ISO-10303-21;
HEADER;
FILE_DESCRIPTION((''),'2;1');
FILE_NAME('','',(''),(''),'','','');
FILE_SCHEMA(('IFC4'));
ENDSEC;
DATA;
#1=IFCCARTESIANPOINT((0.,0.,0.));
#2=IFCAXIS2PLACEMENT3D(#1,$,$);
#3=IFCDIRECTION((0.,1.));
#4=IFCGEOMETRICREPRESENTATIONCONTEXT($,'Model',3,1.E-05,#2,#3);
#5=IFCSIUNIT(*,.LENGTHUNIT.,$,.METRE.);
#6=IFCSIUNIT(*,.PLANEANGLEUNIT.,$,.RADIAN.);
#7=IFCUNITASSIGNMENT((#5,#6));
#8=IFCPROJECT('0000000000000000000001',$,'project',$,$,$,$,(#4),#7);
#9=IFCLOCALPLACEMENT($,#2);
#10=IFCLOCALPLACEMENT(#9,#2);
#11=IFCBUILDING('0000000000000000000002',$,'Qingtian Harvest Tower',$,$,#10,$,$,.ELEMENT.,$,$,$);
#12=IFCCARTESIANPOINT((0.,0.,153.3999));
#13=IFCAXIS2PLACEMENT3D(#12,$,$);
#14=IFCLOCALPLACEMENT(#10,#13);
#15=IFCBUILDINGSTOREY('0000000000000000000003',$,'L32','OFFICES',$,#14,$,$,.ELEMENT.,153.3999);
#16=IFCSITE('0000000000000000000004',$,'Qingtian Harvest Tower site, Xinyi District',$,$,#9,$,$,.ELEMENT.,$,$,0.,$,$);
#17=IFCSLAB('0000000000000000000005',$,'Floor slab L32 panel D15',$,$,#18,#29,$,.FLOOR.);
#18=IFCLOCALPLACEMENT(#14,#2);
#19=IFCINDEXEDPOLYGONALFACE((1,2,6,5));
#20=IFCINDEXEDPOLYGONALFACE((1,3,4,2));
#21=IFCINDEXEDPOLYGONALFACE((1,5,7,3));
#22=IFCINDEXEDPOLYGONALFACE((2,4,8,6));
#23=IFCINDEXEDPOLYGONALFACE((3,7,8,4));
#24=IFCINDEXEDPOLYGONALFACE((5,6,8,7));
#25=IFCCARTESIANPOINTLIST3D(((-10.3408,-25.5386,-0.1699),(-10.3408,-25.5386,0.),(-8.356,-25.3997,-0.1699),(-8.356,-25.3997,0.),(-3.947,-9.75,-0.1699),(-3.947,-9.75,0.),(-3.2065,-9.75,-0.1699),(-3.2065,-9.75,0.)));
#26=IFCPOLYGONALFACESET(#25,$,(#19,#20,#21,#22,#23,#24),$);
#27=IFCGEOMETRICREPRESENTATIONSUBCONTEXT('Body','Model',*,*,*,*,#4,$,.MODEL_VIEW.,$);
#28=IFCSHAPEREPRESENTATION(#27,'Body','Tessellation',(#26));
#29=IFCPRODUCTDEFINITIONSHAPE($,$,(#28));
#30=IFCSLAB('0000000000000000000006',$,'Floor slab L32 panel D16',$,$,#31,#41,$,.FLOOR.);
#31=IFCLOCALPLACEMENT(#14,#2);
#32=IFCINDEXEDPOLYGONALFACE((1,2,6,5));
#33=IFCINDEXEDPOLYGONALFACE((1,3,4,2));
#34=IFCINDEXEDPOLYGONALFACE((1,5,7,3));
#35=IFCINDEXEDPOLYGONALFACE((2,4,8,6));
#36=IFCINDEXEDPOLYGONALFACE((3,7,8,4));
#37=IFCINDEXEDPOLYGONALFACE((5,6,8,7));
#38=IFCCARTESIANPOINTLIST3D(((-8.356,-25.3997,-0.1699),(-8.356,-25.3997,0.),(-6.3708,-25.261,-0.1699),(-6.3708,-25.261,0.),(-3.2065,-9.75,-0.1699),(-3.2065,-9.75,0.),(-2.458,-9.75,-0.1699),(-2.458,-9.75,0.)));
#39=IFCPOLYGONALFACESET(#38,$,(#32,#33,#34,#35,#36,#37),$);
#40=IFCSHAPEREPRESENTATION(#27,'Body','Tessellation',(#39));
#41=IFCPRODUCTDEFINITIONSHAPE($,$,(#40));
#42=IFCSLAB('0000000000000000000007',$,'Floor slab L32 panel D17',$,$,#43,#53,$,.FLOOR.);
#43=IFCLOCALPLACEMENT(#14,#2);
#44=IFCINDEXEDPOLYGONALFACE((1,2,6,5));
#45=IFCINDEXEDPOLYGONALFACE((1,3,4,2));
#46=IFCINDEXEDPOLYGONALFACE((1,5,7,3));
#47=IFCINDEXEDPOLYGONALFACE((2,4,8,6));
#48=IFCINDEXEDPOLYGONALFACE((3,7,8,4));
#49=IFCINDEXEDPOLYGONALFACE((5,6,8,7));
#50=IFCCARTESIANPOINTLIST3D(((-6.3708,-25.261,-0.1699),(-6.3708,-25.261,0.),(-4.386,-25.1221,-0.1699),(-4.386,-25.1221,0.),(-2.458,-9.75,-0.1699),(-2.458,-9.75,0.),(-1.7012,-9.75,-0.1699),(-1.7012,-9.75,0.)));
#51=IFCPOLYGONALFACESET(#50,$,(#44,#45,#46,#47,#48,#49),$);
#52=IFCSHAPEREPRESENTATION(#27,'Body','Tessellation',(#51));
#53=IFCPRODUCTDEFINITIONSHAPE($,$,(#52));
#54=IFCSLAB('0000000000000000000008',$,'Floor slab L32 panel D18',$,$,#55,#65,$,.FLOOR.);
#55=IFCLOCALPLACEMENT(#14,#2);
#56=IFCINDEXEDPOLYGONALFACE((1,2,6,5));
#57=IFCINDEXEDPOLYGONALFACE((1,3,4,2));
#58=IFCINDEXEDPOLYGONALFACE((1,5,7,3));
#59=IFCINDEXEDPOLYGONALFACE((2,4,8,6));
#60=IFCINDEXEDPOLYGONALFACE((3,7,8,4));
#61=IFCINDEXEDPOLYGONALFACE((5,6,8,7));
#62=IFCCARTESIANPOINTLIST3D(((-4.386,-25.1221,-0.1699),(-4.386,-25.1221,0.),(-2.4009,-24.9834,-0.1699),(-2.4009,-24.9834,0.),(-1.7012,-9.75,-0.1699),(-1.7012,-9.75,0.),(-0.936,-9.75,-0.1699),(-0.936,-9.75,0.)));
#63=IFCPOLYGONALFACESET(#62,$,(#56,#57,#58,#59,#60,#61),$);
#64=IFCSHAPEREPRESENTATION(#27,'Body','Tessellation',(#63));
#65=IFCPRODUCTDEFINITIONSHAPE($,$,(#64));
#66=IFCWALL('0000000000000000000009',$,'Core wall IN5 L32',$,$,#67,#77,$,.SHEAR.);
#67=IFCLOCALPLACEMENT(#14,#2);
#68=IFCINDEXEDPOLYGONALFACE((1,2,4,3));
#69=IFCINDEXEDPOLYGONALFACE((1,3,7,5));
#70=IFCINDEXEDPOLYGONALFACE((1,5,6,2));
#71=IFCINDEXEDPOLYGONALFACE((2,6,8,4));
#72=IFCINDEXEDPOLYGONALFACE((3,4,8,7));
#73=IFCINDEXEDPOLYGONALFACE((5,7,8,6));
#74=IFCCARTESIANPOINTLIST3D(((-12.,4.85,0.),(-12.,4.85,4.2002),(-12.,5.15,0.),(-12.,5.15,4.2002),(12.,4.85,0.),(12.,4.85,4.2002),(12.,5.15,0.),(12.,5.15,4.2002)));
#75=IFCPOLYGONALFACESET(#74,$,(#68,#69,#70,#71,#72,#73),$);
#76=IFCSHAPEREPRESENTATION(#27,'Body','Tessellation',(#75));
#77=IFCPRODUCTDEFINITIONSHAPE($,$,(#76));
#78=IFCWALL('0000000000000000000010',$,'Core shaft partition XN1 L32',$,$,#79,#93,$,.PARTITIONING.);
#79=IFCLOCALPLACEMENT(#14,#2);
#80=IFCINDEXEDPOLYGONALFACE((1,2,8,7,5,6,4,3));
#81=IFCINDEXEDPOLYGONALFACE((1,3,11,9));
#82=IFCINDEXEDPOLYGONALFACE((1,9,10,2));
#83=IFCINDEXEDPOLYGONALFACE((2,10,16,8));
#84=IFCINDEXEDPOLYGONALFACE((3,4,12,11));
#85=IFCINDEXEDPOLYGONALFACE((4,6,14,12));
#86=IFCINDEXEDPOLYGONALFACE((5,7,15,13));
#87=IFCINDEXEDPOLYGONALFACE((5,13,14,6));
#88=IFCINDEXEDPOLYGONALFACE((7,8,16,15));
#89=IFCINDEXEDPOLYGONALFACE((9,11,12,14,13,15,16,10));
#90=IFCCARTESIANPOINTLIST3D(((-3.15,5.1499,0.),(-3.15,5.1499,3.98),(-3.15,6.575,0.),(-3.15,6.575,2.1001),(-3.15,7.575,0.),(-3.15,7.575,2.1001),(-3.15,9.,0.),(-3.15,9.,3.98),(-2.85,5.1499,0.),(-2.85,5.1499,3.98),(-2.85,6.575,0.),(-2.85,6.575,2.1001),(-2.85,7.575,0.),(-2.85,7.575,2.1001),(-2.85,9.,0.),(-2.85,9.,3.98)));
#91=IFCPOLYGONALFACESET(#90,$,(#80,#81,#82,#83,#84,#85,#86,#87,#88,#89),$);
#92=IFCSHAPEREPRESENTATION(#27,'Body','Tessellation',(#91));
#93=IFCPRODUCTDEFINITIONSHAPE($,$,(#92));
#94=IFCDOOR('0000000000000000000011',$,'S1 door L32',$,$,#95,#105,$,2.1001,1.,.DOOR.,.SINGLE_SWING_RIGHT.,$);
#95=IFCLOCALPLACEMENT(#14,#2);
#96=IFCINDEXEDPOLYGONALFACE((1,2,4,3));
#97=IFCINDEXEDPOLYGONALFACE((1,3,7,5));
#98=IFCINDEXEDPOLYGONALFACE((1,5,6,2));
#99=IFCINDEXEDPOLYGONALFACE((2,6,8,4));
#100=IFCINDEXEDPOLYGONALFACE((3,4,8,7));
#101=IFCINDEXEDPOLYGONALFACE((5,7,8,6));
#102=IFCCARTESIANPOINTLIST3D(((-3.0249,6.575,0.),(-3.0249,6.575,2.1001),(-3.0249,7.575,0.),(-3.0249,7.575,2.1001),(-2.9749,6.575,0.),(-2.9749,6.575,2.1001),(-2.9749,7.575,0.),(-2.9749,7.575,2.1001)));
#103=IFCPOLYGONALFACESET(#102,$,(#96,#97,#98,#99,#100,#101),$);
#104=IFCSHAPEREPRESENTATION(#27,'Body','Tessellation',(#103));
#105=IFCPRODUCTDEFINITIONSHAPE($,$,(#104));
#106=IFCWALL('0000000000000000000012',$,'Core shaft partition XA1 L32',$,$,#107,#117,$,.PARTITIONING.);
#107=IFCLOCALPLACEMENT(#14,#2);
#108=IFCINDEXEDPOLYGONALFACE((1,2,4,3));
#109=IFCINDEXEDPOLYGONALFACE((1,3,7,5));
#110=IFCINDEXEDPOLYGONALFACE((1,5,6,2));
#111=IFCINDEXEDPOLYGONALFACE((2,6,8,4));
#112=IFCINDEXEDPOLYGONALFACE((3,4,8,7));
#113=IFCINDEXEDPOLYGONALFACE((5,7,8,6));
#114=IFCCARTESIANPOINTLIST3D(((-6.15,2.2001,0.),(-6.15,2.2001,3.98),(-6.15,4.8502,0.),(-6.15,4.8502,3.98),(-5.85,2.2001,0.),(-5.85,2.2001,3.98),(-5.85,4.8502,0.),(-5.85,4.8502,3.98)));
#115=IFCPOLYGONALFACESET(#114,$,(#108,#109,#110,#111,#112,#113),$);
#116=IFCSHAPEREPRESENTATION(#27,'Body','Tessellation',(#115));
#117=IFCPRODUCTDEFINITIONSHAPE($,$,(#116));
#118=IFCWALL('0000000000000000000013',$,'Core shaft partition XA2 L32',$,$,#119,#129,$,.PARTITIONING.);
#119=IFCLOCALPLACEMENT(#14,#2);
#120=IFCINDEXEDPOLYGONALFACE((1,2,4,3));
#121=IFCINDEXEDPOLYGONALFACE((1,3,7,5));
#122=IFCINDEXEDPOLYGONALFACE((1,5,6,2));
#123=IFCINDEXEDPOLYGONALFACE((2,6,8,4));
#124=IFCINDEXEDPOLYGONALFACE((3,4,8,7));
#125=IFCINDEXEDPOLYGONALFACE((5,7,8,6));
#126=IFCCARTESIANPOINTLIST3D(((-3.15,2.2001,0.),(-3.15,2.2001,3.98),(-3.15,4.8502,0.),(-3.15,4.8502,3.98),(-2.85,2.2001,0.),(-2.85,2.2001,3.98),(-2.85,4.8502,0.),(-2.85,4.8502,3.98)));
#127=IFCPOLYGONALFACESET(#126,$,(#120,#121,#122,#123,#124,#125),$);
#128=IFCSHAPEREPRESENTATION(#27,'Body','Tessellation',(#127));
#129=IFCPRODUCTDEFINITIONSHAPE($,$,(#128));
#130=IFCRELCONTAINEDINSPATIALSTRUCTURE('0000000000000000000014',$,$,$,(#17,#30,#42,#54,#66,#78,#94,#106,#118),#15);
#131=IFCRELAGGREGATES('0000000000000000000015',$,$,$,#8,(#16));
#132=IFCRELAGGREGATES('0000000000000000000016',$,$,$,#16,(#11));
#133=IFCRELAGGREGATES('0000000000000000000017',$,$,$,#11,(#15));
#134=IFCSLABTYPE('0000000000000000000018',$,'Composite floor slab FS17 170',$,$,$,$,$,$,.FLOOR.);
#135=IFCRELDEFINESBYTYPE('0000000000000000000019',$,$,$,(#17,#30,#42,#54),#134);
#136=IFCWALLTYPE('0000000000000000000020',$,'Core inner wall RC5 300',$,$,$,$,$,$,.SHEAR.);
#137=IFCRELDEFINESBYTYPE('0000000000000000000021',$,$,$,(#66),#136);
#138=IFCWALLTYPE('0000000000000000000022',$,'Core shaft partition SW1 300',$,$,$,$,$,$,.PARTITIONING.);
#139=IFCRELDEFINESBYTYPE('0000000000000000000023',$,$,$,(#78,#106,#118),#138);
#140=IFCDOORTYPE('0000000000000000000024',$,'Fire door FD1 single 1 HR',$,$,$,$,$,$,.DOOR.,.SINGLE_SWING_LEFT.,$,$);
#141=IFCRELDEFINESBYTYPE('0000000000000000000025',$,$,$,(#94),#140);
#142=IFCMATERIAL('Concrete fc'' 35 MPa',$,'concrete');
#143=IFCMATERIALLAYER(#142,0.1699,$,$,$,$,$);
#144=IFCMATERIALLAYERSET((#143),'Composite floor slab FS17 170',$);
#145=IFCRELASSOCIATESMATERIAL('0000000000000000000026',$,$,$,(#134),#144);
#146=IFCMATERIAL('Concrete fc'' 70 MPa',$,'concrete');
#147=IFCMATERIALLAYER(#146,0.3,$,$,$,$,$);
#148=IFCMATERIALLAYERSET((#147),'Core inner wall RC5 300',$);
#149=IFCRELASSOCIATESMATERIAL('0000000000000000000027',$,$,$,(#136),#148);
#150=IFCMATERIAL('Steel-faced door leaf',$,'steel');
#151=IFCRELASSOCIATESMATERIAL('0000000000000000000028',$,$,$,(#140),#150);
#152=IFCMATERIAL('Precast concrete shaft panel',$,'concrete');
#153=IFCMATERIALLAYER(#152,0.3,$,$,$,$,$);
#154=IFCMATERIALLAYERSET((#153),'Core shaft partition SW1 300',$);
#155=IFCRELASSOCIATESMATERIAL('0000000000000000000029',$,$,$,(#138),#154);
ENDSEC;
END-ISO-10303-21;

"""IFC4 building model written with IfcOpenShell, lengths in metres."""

from ifc_helpers import new_model, si_unit, direction, frame, frame_2d, origin, place, context, subcontext, project, spatial, polyline, rectangle, outline, extrude, material, layer, layer_set, type_object, element, fill, save


model = new_model("IFC4")

# Units and contexts
model_context = context("Model", 3, precision=1e-05, world=origin(), true_north=direction((0.0, 1.0)))
body_context = subcontext(model_context, "Body", "Model", "MODEL_VIEW")
ifc_project = project(units=[si_unit("LENGTHUNIT", "METRE"), si_unit("PLANEANGLEUNIT", "RADIAN")], contexts=[model_context])

# Site, building, storey
site_placement = place(None, origin())
site = spatial("IfcSite", under=ifc_project, at=site_placement, Name="Qingtian Harvest Tower site, Xinyi District", CompositionType="ELEMENT", RefElevation=0.0)
building_placement = place(site_placement, origin())
building = spatial("IfcBuilding", under=site, at=building_placement, Name="Qingtian Harvest Tower", CompositionType="ELEMENT")
storey_placement = place(building_placement, frame((0.0, 0.0, 153.3999)))
storey = spatial("IfcBuildingStorey", under=building, at=storey_placement, Name="L32", Description="OFFICES", CompositionType="ELEMENT", Elevation=153.3999)

# Slabs
ifc_material_1 = material(Name="Concrete fc' 35 MPa", Category="concrete")
ifc_layer_1 = layer(ifc_material_1, 0.1699)
ifc_layer_set_1 = layer_set([ifc_layer_1], Name="Composite floor slab FS17 170")
slab_type = type_object("IfcSlabType", Name="Composite floor slab FS17 170", PredefinedType="FLOOR", material=ifc_layer_set_1)
slab_1_placement = place(storey_placement, frame((0.0, 0.0, -0.1699)))
element("IfcSlab", 1, at=slab_1_placement, inside=storey, type_object=slab_type, Name="Floor slab L32 panel D15", PredefinedType="FLOOR", context=body_context, shape_type="SweptSolid", body=[
    extrude(outline(polyline([(-3.2065, -9.75), (-8.356, -25.3997), (-10.3408, -25.5386), (-3.947, -9.75), (-3.2065, -9.75)])), origin(), (0.0, 0.0, 1.0), 0.1699),
])
slab_2_placement = place(storey_placement, frame((0.0, 0.0, -0.1699)))
element("IfcSlab", 2, at=slab_2_placement, inside=storey, type_object=slab_type, Name="Floor slab L32 panel D16", PredefinedType="FLOOR", context=body_context, shape_type="SweptSolid", body=[
    extrude(outline(polyline([(-2.458, -9.75), (-6.3708, -25.261), (-8.356, -25.3997), (-3.2065, -9.75), (-2.458, -9.75)])), origin(), (0.0, 0.0, 1.0), 0.1699),
])
slab_3_placement = place(storey_placement, frame((0.0, 0.0, -0.1699)))
element("IfcSlab", 3, at=slab_3_placement, inside=storey, type_object=slab_type, Name="Floor slab L32 panel D17", PredefinedType="FLOOR", context=body_context, shape_type="SweptSolid", body=[
    extrude(outline(polyline([(-1.7012, -9.75), (-4.386, -25.1221), (-6.3708, -25.261), (-2.458, -9.75), (-1.7012, -9.75)])), origin(), (0.0, 0.0, 1.0), 0.1699),
])
slab_4_placement = place(storey_placement, frame((0.0, 0.0, -0.1699)))
element("IfcSlab", 4, at=slab_4_placement, inside=storey, type_object=slab_type, Name="Floor slab L32 panel D18", PredefinedType="FLOOR", context=body_context, shape_type="SweptSolid", body=[
    extrude(outline(polyline([(-0.936, -9.75), (-2.4009, -24.9834), (-4.386, -25.1221), (-1.7012, -9.75), (-0.936, -9.75)])), origin(), (0.0, 0.0, 1.0), 0.1699),
])

# Wall
ifc_material_2 = material(Name="Concrete fc' 70 MPa", Category="concrete")
ifc_layer_2 = layer(ifc_material_2, 0.3)
ifc_layer_set_2 = layer_set([ifc_layer_2], Name="Core inner wall RC5 300")
wall_type_1 = type_object("IfcWallType", Name="Core inner wall RC5 300", PredefinedType="SHEAR", material=ifc_layer_set_2)
wall_1_placement = place(storey_placement, frame((-12.0, 5.0, 0.0), z_axis=(0.0, 0.0, 1.0), x_axis=(1.0, 0.0, 0.0)))
element("IfcWall", 5, at=wall_1_placement, inside=storey, type_object=wall_type_1, Name="Core wall IN5 L32", PredefinedType="SHEAR", context=body_context, shape_type="SweptSolid", body=[
    extrude(rectangle(XDim=24.0, YDim=0.3, at=frame_2d((12.0, 0.0))), origin(), (0.0, 0.0, 1.0), 4.2002),
])

# Shared definitions
ifc_material_3 = material(Name="Steel-faced door leaf", Category="steel")
door_type_1 = type_object("IfcDoorType", Name="Fire door FD1 single 1 HR", OperationType="SINGLE_SWING_LEFT", PredefinedType="DOOR", material=ifc_material_3)

# Wall, opening, door
ifc_material_4 = material(Name="Precast concrete shaft panel", Category="concrete")
ifc_layer_3 = layer(ifc_material_4, 0.3)
ifc_layer_set_3 = layer_set([ifc_layer_3], Name="Core shaft partition SW1 300")
wall_type_2 = type_object("IfcWallType", Name="Core shaft partition SW1 300", PredefinedType="PARTITIONING", material=ifc_layer_set_3)
wall_2_placement = place(storey_placement, frame((-3.0, 5.1499, 0.0), z_axis=(0.0, 0.0, 1.0), x_axis=(0.0, 1.0, 0.0)))
wall_2 = element("IfcWall", 6, at=wall_2_placement, inside=storey, type_object=wall_type_2, Name="Core shaft partition XN1 L32", PredefinedType="PARTITIONING", context=body_context, shape_type="SweptSolid", body=[
    extrude(rectangle(XDim=3.8501, YDim=0.3, at=frame_2d((1.925, 0.0))), origin(), (0.0, 0.0, 1.0), 3.98),
])
opening_1_placement = place(wall_2_placement, frame((1.425, 0.0, 0.0)))
opening_1 = element("IfcOpeningElement", 7, at=opening_1_placement, cuts=wall_2, PredefinedType="OPENING", context=body_context, shape_type="SweptSolid", body=[
    extrude(rectangle(XDim=1.0, YDim=2.1001, at=frame_2d((0.5, 1.05))), frame((0.0, 0.1599, 0.0), z_axis=(0.0, -1.0, 0.0), x_axis=(1.0, 0.0, 0.0)), (0.0, 0.0, 1.0), 0.3201),
])
door_1_placement = place(opening_1_placement, origin())
door_1 = element("IfcDoor", 8, at=door_1_placement, inside=storey, type_object=door_type_1, Name="S1 door L32", OperationType="SINGLE_SWING_RIGHT", OverallHeight=2.1001, OverallWidth=1.0, PredefinedType="DOOR", context=body_context, shape_type="SweptSolid", body=[
    extrude(rectangle(XDim=1.0, YDim=2.1001, at=frame_2d((0.5, 1.05))), frame((0.0, 0.0249, 0.0), z_axis=(0.0, -1.0, 0.0), x_axis=(1.0, 0.0, 0.0)), (0.0, 0.0, 1.0), 0.05),
])
fill(opening_1, door_1)

# Walls
for number, where, z_axis, x_axis, name in (
    (9, (-6.0, 2.2, 0.0), (0.0, 0.0, 1.0), (0.0, 1.0, 0.0), "Core shaft partition XA1 L32"),
    (10, (-3.0, 2.2, 0.0), (0.0, 0.0, 1.0), (0.0, 1.0, 0.0), "Core shaft partition XA2 L32"),
):
    element("IfcWall", number, at=place(storey_placement, frame(where, z_axis=z_axis, x_axis=x_axis)), inside=storey, type_object=wall_type_2, Name=name, PredefinedType="PARTITIONING", context=body_context, shape_type="SweptSolid", body=[
        extrude(rectangle(XDim=2.6501, YDim=0.3, at=frame_2d((1.3252, 0.0))), origin(), (0.0, 0.0, 1.0), 3.98),
    ])

save(model, "model.ifc")
